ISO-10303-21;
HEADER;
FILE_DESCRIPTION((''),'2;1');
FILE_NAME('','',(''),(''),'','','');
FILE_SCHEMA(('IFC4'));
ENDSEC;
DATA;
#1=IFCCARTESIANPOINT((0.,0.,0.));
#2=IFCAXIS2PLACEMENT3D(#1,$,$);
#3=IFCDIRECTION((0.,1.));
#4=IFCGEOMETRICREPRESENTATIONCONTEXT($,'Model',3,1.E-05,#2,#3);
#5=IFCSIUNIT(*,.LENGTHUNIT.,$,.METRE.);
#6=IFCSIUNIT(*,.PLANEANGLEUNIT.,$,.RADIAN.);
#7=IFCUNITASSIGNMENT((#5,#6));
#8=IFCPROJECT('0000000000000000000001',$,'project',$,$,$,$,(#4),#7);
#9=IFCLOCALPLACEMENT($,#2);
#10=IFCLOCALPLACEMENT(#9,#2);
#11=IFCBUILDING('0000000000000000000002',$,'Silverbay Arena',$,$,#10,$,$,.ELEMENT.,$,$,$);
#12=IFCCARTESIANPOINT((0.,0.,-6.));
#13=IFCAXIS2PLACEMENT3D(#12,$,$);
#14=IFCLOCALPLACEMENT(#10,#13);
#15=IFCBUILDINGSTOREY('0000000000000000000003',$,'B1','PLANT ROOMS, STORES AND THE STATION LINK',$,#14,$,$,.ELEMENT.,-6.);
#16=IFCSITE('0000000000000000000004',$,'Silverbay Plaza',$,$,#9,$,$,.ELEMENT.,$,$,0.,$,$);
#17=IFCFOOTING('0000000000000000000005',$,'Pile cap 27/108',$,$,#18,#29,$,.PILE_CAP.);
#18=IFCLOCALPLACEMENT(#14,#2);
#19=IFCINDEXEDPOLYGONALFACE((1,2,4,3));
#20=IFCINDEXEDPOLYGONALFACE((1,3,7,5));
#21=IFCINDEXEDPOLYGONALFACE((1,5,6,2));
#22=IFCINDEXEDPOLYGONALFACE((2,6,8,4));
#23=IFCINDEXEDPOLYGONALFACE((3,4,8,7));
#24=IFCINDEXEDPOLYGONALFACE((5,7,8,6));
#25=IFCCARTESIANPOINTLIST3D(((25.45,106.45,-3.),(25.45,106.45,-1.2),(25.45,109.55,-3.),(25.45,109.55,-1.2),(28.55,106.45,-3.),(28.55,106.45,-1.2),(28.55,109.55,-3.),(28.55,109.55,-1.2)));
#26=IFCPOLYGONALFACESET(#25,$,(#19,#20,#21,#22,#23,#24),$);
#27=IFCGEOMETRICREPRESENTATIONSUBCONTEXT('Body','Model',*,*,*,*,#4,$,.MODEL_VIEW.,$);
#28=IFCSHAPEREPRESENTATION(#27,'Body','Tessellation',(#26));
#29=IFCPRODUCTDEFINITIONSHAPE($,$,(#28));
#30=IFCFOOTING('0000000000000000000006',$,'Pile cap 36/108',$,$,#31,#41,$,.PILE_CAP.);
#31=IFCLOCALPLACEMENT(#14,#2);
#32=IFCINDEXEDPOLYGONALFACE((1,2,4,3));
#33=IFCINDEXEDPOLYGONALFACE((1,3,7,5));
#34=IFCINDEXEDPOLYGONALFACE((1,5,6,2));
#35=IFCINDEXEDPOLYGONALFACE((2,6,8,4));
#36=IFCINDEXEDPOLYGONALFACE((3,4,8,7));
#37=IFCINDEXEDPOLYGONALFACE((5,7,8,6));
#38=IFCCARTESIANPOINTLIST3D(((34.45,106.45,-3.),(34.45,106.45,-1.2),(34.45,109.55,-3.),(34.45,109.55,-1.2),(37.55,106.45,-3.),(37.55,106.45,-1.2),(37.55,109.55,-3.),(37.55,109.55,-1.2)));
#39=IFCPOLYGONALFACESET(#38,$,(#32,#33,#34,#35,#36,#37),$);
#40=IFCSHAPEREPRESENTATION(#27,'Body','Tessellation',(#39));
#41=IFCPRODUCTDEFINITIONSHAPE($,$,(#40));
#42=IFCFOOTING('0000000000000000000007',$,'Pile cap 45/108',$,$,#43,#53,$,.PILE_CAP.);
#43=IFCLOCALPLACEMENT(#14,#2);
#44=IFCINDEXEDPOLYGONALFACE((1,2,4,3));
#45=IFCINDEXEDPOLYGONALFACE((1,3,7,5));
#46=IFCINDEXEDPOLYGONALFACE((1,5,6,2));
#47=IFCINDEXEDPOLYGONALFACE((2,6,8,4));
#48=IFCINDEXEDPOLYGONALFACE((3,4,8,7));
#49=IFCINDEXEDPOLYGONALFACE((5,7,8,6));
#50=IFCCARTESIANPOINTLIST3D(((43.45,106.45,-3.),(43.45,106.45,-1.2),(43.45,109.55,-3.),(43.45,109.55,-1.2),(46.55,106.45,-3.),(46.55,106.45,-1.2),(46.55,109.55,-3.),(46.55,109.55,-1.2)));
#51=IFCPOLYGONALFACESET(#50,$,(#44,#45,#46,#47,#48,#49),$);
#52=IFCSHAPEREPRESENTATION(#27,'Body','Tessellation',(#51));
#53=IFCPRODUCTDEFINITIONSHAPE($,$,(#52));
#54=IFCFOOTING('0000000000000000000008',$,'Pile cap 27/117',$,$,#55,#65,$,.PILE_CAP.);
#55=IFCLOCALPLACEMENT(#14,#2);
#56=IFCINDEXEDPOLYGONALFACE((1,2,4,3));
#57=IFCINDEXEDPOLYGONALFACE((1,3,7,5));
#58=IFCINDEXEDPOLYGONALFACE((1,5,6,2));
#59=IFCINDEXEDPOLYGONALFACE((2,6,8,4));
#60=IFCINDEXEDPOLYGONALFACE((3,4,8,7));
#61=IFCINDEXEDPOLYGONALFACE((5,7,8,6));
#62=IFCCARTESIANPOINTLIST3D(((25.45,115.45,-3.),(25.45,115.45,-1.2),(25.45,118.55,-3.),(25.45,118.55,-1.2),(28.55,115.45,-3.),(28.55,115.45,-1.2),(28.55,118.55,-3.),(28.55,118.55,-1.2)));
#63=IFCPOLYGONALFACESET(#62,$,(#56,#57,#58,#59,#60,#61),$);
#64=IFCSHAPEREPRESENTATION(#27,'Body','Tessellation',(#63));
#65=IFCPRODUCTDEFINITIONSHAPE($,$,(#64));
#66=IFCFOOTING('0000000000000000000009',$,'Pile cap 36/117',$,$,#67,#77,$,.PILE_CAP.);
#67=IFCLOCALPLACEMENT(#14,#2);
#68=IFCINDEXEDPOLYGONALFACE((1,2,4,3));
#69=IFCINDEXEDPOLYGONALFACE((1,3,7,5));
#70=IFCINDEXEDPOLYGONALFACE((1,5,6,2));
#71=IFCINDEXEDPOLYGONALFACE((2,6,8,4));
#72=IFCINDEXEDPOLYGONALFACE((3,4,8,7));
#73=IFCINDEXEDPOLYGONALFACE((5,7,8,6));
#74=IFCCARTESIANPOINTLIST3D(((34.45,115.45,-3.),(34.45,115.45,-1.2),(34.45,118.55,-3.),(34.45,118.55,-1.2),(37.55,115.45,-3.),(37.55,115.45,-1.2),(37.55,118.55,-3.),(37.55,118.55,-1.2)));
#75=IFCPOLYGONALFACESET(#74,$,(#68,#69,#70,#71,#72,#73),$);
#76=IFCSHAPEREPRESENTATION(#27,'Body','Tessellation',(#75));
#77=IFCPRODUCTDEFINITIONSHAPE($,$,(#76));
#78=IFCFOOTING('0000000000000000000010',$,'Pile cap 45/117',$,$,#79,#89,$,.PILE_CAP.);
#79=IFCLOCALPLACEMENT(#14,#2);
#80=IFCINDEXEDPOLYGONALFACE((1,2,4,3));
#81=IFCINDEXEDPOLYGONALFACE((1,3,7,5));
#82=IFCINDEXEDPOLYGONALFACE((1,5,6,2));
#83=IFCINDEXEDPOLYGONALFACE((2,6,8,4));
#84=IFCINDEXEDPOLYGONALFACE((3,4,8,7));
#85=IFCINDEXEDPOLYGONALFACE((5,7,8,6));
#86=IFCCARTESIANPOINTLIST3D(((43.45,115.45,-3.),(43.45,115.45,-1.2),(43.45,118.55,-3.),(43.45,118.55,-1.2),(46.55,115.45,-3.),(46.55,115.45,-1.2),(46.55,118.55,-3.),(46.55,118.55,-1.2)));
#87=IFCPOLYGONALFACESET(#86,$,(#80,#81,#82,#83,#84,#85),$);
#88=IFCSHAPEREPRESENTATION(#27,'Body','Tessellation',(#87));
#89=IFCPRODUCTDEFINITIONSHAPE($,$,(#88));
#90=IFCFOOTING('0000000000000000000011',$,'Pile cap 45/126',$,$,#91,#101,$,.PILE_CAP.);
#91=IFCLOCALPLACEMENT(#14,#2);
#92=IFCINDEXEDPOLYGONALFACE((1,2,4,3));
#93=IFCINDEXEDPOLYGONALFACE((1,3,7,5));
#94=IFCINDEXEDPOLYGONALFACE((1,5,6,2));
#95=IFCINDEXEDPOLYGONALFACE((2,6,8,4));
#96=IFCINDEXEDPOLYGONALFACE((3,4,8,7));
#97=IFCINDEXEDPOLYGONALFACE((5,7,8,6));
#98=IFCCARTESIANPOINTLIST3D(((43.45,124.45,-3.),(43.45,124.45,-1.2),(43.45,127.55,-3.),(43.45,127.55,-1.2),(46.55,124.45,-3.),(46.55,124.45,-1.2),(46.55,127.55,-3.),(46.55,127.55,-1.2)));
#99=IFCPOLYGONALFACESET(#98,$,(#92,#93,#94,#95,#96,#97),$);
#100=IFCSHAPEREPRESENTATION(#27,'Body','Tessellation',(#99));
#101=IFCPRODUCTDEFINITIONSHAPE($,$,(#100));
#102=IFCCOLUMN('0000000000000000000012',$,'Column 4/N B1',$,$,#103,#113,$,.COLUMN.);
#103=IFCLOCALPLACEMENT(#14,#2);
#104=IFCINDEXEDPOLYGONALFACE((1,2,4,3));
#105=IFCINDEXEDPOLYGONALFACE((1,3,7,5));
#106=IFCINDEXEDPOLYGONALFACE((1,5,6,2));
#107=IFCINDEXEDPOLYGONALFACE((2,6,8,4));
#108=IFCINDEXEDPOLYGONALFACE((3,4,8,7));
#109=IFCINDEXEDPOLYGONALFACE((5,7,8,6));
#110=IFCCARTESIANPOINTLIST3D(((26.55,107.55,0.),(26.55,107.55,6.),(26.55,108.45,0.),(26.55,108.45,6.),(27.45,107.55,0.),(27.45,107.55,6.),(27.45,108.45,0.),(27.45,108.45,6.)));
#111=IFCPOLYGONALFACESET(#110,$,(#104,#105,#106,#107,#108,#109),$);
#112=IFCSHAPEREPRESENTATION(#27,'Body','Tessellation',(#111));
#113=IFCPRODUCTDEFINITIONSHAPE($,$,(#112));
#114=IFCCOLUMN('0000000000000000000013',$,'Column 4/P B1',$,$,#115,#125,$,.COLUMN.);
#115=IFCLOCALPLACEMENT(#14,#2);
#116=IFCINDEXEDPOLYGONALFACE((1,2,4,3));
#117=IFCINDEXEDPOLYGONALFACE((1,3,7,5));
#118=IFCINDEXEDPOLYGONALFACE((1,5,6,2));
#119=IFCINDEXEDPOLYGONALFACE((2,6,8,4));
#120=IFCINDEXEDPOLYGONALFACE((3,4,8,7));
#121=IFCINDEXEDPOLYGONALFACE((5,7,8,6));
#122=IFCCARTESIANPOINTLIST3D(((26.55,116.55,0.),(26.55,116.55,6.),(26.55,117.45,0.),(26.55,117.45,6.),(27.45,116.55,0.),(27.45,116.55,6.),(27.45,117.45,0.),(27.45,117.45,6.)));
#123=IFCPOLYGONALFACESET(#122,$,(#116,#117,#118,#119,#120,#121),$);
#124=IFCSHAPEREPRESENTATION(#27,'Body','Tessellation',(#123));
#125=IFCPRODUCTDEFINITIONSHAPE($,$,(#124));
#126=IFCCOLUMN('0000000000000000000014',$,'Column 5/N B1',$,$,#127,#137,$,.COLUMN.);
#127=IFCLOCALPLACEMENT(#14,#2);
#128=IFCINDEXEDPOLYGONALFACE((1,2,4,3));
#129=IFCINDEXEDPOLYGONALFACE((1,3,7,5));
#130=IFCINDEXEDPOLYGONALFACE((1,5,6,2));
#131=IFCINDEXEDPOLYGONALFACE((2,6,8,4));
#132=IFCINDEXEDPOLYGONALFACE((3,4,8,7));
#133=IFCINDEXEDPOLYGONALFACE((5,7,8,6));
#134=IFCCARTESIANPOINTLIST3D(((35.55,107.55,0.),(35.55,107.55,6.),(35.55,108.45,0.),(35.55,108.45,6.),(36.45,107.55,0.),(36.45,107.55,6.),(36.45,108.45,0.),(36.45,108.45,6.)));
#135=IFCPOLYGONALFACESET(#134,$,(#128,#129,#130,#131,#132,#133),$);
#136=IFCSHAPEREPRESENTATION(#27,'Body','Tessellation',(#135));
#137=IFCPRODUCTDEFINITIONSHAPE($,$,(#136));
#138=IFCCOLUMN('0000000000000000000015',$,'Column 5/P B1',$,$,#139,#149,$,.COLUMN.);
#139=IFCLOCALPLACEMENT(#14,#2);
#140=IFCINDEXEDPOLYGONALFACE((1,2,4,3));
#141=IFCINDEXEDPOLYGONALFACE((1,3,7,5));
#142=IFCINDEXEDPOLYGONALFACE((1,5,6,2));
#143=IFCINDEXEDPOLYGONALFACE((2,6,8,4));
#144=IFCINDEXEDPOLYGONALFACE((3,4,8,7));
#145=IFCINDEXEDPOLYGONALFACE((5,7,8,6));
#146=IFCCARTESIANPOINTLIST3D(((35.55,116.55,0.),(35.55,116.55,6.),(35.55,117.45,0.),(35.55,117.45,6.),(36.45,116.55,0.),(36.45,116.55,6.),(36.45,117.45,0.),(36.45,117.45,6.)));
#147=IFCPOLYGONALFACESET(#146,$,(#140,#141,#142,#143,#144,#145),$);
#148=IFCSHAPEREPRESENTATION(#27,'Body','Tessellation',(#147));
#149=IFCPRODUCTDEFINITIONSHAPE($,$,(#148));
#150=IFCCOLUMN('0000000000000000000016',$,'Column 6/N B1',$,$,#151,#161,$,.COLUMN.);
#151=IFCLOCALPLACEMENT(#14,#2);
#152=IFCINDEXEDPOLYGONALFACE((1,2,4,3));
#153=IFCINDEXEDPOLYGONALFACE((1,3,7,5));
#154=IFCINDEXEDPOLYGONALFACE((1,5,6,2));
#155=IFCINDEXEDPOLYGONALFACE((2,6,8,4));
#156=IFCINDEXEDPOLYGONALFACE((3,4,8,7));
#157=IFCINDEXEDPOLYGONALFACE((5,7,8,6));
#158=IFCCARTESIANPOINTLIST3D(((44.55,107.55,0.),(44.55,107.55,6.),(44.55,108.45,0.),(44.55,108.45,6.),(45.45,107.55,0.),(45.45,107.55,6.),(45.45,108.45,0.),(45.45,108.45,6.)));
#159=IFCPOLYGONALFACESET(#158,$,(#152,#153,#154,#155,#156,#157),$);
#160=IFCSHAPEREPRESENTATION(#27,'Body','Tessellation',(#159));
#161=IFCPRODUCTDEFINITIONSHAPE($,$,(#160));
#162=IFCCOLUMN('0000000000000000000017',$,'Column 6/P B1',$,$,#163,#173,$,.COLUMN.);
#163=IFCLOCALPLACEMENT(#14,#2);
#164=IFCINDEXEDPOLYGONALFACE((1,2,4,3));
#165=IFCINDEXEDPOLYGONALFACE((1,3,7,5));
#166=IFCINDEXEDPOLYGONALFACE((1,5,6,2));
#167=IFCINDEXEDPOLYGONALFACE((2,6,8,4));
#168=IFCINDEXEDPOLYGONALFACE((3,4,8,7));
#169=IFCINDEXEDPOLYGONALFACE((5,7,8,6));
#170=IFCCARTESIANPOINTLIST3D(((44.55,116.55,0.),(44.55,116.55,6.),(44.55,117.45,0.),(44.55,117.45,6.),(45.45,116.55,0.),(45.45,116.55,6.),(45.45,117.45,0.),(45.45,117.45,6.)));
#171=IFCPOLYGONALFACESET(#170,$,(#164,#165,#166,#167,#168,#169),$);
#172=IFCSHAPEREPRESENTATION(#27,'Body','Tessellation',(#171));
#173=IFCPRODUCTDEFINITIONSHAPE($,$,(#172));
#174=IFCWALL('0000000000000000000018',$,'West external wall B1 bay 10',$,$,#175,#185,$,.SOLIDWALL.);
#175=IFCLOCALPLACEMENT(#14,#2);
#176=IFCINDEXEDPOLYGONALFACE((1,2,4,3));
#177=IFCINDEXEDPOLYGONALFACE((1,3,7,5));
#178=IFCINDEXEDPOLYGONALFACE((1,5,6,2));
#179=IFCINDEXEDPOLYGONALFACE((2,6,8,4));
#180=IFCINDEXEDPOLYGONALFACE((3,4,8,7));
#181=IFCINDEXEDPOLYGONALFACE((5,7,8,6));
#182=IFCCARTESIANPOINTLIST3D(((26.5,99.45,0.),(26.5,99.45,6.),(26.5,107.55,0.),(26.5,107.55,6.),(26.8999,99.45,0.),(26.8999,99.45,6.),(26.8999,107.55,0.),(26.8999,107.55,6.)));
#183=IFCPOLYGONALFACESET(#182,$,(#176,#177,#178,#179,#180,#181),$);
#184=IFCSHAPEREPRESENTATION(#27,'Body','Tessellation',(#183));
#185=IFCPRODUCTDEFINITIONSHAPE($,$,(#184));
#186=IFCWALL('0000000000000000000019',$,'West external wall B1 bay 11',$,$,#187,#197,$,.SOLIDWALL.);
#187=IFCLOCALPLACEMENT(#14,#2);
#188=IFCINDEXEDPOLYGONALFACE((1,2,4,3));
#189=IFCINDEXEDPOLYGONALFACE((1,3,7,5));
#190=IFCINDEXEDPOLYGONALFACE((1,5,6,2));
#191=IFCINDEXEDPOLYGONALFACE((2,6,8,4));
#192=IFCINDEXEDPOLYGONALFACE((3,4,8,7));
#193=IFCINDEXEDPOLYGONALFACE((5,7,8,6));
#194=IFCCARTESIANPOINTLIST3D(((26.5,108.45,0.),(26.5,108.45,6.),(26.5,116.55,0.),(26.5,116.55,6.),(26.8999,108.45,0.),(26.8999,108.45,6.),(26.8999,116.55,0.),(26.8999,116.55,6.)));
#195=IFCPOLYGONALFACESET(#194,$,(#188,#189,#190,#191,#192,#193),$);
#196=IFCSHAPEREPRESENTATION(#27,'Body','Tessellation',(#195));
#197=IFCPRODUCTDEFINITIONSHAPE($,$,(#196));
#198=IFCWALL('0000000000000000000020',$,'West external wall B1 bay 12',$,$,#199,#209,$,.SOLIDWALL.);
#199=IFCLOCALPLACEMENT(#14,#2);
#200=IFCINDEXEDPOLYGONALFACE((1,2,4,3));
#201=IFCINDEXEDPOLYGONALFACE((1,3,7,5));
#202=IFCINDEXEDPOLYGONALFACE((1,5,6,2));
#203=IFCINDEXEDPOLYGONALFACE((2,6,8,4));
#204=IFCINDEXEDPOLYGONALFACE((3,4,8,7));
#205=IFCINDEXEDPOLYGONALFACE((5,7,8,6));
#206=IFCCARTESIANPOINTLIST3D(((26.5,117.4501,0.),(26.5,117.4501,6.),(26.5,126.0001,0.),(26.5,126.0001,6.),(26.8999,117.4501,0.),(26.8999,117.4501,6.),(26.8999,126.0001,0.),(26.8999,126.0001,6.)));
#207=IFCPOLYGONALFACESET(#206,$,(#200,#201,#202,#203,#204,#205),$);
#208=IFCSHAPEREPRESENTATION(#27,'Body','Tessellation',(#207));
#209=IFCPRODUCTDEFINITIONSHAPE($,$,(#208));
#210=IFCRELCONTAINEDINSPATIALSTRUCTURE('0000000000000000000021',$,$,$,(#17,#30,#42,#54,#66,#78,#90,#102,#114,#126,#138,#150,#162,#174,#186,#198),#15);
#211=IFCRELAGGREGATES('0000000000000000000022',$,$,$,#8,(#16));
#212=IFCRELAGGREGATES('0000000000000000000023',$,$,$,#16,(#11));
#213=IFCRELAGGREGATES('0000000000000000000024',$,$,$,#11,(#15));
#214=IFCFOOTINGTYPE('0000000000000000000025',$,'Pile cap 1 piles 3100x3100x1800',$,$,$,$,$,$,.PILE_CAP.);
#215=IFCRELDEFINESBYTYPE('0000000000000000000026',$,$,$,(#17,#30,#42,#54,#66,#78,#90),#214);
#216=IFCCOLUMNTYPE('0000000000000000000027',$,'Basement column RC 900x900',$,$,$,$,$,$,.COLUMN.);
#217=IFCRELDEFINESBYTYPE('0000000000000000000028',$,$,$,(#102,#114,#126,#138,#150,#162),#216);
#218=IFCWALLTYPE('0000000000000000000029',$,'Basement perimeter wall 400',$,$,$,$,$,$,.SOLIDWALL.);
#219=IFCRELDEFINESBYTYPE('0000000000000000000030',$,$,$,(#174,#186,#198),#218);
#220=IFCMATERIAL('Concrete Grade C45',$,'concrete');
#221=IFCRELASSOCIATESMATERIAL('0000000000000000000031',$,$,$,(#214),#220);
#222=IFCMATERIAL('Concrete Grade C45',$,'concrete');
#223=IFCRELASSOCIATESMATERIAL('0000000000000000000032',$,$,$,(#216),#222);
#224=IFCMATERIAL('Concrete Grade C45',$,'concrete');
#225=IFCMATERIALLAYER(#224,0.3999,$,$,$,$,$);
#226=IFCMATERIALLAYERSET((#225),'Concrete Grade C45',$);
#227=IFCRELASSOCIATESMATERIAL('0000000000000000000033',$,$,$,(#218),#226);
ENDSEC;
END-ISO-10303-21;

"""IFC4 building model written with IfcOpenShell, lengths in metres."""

from ifc_helpers import new_model, si_unit, direction, frame, frame_2d, origin, origin_2d, place, context, subcontext, project, spatial, rectangle, extrude, material, layer, layer_set, material_profile, profile_set, type_object, element, save


model = new_model("IFC4")

# Units and contexts
model_context = context("Model", 3, precision=1e-05, world=origin(), true_north=direction((0.0, 1.0)))
body_context = subcontext(model_context, "Body", "Model", "MODEL_VIEW")
ifc_project = project(units=[si_unit("LENGTHUNIT", "METRE"), si_unit("PLANEANGLEUNIT", "RADIAN")], contexts=[model_context])

# Site, building, storey
site_placement = place(None, origin())
site = spatial("IfcSite", under=ifc_project, at=site_placement, Name="Silverbay Plaza", CompositionType="ELEMENT", RefElevation=0.0)
building_placement = place(site_placement, origin())
building = spatial("IfcBuilding", under=site, at=building_placement, Name="Silverbay Arena", CompositionType="ELEMENT")
storey_placement = place(building_placement, frame((0.0, 0.0, -6.0)))
storey = spatial("IfcBuildingStorey", under=building, at=storey_placement, Name="B1", Description="PLANT ROOMS, STORES AND THE STATION LINK", CompositionType="ELEMENT", Elevation=-6.0)

# Footings
ifc_material_1 = material(Name="Concrete Grade C45", Category="concrete")
footing_type = type_object("IfcFootingType", Name="Pile cap 1 piles 3100x3100x1800", PredefinedType="PILE_CAP", material=ifc_material_1)
for number, where, z_axis, x_axis, name in (
    (1, (27.0, 108.0, -3.0), (0.0, 0.0, 1.0), (1.0, 0.0, 0.0), "Pile cap 27/108"),
    (2, (36.0, 108.0, -3.0), (0.0, 0.0, 1.0), (1.0, 0.0, 0.0), "Pile cap 36/108"),
    (3, (45.0, 108.0, -3.0), (0.0, 0.0, 1.0), (1.0, 0.0, 0.0), "Pile cap 45/108"),
    (4, (27.0, 117.0, -3.0), (0.0, 0.0, 1.0), (1.0, 0.0, 0.0), "Pile cap 27/117"),
    (5, (36.0, 117.0, -3.0), (0.0, 0.0, 1.0), (1.0, 0.0, 0.0), "Pile cap 36/117"),
    (6, (45.0, 117.0, -3.0), (0.0, 0.0, 1.0), (1.0, 0.0, 0.0), "Pile cap 45/117"),
    (7, (45.0, 126.0, -3.0), (0.0, 0.0, 1.0), (1.0, 0.0, 0.0), "Pile cap 45/126"),
):
    element("IfcFooting", number, at=place(storey_placement, frame(where, z_axis=z_axis, x_axis=x_axis)), inside=storey, type_object=footing_type, Name=name, PredefinedType="PILE_CAP", context=body_context, shape_type="SweptSolid", body=[
        extrude(rectangle(XDim=3.1001, YDim=3.1001, at=origin_2d()), origin(), (0.0, 0.0, 1.0), 1.8),
    ])

# Columns
ifc_material_2 = material(Name="Concrete Grade C45", Category="concrete")
ifc_material_profile_1 = material_profile(ifc_material_2, rectangle(XDim=0.8999, YDim=0.8999, at=origin_2d()), Name="RC 900x900")
ifc_profile_set_1 = profile_set([ifc_material_profile_1], Name="Concrete Grade C45")
column_type = type_object("IfcColumnType", Name="Basement column RC 900x900", PredefinedType="COLUMN", material=ifc_profile_set_1)
for number, where, z_axis, x_axis, name in (
    (8, (27.0, 108.0, 0.0), (0.0, 0.0, 1.0), (1.0, 0.0, 0.0), "Column 4/N B1"),
    (9, (27.0, 117.0, 0.0), (0.0, 0.0, 1.0), (1.0, 0.0, 0.0), "Column 4/P B1"),
    (10, (36.0, 108.0, 0.0), (0.0, 0.0, 1.0), (1.0, 0.0, 0.0), "Column 5/N B1"),
    (11, (36.0, 117.0, 0.0), (0.0, 0.0, 1.0), (1.0, 0.0, 0.0), "Column 5/P B1"),
    (12, (45.0, 108.0, 0.0), (0.0, 0.0, 1.0), (1.0, 0.0, 0.0), "Column 6/N B1"),
    (13, (45.0, 117.0, 0.0), (0.0, 0.0, 1.0), (1.0, 0.0, 0.0), "Column 6/P B1"),
):
    element("IfcColumn", number, at=place(storey_placement, frame(where, z_axis=z_axis, x_axis=x_axis)), inside=storey, type_object=column_type, Name=name, PredefinedType="COLUMN", context=body_context, shape_type="SweptSolid", body=[
        extrude(rectangle(XDim=0.8999, YDim=0.8999, at=origin_2d()), origin(), (0.0, 0.0, 1.0), 6.0),
    ])

# Walls
ifc_material_3 = material(Name="Concrete Grade C45", Category="concrete")
ifc_layer_1 = layer(ifc_material_3, 0.3999)
ifc_layer_set_1 = layer_set([ifc_layer_1], Name="Concrete Grade C45")
wall_type_1 = type_object("IfcWallType", Name="Basement perimeter wall 400", PredefinedType="SOLIDWALL", material=ifc_layer_set_1)
for number, where, z_axis, x_axis, name in (
    (14, (26.7, 107.55, 0.0), (0.0, 0.0, 1.0), (0.0, -1.0, 0.0), "West external wall B1 bay 10"),
    (15, (26.7, 116.55, 0.0), (0.0, 0.0, 1.0), (0.0, -1.0, 0.0), "West external wall B1 bay 11"),
):
    element("IfcWall", number, at=place(storey_placement, frame(where, z_axis=z_axis, x_axis=x_axis)), inside=storey, type_object=wall_type_1, Name=name, PredefinedType="SOLIDWALL", context=body_context, shape_type="SweptSolid", body=[
        extrude(rectangle(XDim=8.1001, YDim=0.3999, at=frame_2d((4.05, 0.0))), origin(), (0.0, 0.0, 1.0), 6.0),
    ])
wall_1_placement = place(storey_placement, frame((26.7, 126.0, 0.0), z_axis=(0.0, 0.0, 1.0), x_axis=(0.0, -1.0, 0.0)))
element("IfcWall", 16, at=wall_1_placement, inside=storey, type_object=wall_type_1, Name="West external wall B1 bay 12", PredefinedType="SOLIDWALL", context=body_context, shape_type="SweptSolid", body=[
    extrude(rectangle(XDim=8.55, YDim=0.3999, at=frame_2d((4.2749, 0.0))), origin(), (0.0, 0.0, 1.0), 6.0),
])

save(model, "model.ifc")
